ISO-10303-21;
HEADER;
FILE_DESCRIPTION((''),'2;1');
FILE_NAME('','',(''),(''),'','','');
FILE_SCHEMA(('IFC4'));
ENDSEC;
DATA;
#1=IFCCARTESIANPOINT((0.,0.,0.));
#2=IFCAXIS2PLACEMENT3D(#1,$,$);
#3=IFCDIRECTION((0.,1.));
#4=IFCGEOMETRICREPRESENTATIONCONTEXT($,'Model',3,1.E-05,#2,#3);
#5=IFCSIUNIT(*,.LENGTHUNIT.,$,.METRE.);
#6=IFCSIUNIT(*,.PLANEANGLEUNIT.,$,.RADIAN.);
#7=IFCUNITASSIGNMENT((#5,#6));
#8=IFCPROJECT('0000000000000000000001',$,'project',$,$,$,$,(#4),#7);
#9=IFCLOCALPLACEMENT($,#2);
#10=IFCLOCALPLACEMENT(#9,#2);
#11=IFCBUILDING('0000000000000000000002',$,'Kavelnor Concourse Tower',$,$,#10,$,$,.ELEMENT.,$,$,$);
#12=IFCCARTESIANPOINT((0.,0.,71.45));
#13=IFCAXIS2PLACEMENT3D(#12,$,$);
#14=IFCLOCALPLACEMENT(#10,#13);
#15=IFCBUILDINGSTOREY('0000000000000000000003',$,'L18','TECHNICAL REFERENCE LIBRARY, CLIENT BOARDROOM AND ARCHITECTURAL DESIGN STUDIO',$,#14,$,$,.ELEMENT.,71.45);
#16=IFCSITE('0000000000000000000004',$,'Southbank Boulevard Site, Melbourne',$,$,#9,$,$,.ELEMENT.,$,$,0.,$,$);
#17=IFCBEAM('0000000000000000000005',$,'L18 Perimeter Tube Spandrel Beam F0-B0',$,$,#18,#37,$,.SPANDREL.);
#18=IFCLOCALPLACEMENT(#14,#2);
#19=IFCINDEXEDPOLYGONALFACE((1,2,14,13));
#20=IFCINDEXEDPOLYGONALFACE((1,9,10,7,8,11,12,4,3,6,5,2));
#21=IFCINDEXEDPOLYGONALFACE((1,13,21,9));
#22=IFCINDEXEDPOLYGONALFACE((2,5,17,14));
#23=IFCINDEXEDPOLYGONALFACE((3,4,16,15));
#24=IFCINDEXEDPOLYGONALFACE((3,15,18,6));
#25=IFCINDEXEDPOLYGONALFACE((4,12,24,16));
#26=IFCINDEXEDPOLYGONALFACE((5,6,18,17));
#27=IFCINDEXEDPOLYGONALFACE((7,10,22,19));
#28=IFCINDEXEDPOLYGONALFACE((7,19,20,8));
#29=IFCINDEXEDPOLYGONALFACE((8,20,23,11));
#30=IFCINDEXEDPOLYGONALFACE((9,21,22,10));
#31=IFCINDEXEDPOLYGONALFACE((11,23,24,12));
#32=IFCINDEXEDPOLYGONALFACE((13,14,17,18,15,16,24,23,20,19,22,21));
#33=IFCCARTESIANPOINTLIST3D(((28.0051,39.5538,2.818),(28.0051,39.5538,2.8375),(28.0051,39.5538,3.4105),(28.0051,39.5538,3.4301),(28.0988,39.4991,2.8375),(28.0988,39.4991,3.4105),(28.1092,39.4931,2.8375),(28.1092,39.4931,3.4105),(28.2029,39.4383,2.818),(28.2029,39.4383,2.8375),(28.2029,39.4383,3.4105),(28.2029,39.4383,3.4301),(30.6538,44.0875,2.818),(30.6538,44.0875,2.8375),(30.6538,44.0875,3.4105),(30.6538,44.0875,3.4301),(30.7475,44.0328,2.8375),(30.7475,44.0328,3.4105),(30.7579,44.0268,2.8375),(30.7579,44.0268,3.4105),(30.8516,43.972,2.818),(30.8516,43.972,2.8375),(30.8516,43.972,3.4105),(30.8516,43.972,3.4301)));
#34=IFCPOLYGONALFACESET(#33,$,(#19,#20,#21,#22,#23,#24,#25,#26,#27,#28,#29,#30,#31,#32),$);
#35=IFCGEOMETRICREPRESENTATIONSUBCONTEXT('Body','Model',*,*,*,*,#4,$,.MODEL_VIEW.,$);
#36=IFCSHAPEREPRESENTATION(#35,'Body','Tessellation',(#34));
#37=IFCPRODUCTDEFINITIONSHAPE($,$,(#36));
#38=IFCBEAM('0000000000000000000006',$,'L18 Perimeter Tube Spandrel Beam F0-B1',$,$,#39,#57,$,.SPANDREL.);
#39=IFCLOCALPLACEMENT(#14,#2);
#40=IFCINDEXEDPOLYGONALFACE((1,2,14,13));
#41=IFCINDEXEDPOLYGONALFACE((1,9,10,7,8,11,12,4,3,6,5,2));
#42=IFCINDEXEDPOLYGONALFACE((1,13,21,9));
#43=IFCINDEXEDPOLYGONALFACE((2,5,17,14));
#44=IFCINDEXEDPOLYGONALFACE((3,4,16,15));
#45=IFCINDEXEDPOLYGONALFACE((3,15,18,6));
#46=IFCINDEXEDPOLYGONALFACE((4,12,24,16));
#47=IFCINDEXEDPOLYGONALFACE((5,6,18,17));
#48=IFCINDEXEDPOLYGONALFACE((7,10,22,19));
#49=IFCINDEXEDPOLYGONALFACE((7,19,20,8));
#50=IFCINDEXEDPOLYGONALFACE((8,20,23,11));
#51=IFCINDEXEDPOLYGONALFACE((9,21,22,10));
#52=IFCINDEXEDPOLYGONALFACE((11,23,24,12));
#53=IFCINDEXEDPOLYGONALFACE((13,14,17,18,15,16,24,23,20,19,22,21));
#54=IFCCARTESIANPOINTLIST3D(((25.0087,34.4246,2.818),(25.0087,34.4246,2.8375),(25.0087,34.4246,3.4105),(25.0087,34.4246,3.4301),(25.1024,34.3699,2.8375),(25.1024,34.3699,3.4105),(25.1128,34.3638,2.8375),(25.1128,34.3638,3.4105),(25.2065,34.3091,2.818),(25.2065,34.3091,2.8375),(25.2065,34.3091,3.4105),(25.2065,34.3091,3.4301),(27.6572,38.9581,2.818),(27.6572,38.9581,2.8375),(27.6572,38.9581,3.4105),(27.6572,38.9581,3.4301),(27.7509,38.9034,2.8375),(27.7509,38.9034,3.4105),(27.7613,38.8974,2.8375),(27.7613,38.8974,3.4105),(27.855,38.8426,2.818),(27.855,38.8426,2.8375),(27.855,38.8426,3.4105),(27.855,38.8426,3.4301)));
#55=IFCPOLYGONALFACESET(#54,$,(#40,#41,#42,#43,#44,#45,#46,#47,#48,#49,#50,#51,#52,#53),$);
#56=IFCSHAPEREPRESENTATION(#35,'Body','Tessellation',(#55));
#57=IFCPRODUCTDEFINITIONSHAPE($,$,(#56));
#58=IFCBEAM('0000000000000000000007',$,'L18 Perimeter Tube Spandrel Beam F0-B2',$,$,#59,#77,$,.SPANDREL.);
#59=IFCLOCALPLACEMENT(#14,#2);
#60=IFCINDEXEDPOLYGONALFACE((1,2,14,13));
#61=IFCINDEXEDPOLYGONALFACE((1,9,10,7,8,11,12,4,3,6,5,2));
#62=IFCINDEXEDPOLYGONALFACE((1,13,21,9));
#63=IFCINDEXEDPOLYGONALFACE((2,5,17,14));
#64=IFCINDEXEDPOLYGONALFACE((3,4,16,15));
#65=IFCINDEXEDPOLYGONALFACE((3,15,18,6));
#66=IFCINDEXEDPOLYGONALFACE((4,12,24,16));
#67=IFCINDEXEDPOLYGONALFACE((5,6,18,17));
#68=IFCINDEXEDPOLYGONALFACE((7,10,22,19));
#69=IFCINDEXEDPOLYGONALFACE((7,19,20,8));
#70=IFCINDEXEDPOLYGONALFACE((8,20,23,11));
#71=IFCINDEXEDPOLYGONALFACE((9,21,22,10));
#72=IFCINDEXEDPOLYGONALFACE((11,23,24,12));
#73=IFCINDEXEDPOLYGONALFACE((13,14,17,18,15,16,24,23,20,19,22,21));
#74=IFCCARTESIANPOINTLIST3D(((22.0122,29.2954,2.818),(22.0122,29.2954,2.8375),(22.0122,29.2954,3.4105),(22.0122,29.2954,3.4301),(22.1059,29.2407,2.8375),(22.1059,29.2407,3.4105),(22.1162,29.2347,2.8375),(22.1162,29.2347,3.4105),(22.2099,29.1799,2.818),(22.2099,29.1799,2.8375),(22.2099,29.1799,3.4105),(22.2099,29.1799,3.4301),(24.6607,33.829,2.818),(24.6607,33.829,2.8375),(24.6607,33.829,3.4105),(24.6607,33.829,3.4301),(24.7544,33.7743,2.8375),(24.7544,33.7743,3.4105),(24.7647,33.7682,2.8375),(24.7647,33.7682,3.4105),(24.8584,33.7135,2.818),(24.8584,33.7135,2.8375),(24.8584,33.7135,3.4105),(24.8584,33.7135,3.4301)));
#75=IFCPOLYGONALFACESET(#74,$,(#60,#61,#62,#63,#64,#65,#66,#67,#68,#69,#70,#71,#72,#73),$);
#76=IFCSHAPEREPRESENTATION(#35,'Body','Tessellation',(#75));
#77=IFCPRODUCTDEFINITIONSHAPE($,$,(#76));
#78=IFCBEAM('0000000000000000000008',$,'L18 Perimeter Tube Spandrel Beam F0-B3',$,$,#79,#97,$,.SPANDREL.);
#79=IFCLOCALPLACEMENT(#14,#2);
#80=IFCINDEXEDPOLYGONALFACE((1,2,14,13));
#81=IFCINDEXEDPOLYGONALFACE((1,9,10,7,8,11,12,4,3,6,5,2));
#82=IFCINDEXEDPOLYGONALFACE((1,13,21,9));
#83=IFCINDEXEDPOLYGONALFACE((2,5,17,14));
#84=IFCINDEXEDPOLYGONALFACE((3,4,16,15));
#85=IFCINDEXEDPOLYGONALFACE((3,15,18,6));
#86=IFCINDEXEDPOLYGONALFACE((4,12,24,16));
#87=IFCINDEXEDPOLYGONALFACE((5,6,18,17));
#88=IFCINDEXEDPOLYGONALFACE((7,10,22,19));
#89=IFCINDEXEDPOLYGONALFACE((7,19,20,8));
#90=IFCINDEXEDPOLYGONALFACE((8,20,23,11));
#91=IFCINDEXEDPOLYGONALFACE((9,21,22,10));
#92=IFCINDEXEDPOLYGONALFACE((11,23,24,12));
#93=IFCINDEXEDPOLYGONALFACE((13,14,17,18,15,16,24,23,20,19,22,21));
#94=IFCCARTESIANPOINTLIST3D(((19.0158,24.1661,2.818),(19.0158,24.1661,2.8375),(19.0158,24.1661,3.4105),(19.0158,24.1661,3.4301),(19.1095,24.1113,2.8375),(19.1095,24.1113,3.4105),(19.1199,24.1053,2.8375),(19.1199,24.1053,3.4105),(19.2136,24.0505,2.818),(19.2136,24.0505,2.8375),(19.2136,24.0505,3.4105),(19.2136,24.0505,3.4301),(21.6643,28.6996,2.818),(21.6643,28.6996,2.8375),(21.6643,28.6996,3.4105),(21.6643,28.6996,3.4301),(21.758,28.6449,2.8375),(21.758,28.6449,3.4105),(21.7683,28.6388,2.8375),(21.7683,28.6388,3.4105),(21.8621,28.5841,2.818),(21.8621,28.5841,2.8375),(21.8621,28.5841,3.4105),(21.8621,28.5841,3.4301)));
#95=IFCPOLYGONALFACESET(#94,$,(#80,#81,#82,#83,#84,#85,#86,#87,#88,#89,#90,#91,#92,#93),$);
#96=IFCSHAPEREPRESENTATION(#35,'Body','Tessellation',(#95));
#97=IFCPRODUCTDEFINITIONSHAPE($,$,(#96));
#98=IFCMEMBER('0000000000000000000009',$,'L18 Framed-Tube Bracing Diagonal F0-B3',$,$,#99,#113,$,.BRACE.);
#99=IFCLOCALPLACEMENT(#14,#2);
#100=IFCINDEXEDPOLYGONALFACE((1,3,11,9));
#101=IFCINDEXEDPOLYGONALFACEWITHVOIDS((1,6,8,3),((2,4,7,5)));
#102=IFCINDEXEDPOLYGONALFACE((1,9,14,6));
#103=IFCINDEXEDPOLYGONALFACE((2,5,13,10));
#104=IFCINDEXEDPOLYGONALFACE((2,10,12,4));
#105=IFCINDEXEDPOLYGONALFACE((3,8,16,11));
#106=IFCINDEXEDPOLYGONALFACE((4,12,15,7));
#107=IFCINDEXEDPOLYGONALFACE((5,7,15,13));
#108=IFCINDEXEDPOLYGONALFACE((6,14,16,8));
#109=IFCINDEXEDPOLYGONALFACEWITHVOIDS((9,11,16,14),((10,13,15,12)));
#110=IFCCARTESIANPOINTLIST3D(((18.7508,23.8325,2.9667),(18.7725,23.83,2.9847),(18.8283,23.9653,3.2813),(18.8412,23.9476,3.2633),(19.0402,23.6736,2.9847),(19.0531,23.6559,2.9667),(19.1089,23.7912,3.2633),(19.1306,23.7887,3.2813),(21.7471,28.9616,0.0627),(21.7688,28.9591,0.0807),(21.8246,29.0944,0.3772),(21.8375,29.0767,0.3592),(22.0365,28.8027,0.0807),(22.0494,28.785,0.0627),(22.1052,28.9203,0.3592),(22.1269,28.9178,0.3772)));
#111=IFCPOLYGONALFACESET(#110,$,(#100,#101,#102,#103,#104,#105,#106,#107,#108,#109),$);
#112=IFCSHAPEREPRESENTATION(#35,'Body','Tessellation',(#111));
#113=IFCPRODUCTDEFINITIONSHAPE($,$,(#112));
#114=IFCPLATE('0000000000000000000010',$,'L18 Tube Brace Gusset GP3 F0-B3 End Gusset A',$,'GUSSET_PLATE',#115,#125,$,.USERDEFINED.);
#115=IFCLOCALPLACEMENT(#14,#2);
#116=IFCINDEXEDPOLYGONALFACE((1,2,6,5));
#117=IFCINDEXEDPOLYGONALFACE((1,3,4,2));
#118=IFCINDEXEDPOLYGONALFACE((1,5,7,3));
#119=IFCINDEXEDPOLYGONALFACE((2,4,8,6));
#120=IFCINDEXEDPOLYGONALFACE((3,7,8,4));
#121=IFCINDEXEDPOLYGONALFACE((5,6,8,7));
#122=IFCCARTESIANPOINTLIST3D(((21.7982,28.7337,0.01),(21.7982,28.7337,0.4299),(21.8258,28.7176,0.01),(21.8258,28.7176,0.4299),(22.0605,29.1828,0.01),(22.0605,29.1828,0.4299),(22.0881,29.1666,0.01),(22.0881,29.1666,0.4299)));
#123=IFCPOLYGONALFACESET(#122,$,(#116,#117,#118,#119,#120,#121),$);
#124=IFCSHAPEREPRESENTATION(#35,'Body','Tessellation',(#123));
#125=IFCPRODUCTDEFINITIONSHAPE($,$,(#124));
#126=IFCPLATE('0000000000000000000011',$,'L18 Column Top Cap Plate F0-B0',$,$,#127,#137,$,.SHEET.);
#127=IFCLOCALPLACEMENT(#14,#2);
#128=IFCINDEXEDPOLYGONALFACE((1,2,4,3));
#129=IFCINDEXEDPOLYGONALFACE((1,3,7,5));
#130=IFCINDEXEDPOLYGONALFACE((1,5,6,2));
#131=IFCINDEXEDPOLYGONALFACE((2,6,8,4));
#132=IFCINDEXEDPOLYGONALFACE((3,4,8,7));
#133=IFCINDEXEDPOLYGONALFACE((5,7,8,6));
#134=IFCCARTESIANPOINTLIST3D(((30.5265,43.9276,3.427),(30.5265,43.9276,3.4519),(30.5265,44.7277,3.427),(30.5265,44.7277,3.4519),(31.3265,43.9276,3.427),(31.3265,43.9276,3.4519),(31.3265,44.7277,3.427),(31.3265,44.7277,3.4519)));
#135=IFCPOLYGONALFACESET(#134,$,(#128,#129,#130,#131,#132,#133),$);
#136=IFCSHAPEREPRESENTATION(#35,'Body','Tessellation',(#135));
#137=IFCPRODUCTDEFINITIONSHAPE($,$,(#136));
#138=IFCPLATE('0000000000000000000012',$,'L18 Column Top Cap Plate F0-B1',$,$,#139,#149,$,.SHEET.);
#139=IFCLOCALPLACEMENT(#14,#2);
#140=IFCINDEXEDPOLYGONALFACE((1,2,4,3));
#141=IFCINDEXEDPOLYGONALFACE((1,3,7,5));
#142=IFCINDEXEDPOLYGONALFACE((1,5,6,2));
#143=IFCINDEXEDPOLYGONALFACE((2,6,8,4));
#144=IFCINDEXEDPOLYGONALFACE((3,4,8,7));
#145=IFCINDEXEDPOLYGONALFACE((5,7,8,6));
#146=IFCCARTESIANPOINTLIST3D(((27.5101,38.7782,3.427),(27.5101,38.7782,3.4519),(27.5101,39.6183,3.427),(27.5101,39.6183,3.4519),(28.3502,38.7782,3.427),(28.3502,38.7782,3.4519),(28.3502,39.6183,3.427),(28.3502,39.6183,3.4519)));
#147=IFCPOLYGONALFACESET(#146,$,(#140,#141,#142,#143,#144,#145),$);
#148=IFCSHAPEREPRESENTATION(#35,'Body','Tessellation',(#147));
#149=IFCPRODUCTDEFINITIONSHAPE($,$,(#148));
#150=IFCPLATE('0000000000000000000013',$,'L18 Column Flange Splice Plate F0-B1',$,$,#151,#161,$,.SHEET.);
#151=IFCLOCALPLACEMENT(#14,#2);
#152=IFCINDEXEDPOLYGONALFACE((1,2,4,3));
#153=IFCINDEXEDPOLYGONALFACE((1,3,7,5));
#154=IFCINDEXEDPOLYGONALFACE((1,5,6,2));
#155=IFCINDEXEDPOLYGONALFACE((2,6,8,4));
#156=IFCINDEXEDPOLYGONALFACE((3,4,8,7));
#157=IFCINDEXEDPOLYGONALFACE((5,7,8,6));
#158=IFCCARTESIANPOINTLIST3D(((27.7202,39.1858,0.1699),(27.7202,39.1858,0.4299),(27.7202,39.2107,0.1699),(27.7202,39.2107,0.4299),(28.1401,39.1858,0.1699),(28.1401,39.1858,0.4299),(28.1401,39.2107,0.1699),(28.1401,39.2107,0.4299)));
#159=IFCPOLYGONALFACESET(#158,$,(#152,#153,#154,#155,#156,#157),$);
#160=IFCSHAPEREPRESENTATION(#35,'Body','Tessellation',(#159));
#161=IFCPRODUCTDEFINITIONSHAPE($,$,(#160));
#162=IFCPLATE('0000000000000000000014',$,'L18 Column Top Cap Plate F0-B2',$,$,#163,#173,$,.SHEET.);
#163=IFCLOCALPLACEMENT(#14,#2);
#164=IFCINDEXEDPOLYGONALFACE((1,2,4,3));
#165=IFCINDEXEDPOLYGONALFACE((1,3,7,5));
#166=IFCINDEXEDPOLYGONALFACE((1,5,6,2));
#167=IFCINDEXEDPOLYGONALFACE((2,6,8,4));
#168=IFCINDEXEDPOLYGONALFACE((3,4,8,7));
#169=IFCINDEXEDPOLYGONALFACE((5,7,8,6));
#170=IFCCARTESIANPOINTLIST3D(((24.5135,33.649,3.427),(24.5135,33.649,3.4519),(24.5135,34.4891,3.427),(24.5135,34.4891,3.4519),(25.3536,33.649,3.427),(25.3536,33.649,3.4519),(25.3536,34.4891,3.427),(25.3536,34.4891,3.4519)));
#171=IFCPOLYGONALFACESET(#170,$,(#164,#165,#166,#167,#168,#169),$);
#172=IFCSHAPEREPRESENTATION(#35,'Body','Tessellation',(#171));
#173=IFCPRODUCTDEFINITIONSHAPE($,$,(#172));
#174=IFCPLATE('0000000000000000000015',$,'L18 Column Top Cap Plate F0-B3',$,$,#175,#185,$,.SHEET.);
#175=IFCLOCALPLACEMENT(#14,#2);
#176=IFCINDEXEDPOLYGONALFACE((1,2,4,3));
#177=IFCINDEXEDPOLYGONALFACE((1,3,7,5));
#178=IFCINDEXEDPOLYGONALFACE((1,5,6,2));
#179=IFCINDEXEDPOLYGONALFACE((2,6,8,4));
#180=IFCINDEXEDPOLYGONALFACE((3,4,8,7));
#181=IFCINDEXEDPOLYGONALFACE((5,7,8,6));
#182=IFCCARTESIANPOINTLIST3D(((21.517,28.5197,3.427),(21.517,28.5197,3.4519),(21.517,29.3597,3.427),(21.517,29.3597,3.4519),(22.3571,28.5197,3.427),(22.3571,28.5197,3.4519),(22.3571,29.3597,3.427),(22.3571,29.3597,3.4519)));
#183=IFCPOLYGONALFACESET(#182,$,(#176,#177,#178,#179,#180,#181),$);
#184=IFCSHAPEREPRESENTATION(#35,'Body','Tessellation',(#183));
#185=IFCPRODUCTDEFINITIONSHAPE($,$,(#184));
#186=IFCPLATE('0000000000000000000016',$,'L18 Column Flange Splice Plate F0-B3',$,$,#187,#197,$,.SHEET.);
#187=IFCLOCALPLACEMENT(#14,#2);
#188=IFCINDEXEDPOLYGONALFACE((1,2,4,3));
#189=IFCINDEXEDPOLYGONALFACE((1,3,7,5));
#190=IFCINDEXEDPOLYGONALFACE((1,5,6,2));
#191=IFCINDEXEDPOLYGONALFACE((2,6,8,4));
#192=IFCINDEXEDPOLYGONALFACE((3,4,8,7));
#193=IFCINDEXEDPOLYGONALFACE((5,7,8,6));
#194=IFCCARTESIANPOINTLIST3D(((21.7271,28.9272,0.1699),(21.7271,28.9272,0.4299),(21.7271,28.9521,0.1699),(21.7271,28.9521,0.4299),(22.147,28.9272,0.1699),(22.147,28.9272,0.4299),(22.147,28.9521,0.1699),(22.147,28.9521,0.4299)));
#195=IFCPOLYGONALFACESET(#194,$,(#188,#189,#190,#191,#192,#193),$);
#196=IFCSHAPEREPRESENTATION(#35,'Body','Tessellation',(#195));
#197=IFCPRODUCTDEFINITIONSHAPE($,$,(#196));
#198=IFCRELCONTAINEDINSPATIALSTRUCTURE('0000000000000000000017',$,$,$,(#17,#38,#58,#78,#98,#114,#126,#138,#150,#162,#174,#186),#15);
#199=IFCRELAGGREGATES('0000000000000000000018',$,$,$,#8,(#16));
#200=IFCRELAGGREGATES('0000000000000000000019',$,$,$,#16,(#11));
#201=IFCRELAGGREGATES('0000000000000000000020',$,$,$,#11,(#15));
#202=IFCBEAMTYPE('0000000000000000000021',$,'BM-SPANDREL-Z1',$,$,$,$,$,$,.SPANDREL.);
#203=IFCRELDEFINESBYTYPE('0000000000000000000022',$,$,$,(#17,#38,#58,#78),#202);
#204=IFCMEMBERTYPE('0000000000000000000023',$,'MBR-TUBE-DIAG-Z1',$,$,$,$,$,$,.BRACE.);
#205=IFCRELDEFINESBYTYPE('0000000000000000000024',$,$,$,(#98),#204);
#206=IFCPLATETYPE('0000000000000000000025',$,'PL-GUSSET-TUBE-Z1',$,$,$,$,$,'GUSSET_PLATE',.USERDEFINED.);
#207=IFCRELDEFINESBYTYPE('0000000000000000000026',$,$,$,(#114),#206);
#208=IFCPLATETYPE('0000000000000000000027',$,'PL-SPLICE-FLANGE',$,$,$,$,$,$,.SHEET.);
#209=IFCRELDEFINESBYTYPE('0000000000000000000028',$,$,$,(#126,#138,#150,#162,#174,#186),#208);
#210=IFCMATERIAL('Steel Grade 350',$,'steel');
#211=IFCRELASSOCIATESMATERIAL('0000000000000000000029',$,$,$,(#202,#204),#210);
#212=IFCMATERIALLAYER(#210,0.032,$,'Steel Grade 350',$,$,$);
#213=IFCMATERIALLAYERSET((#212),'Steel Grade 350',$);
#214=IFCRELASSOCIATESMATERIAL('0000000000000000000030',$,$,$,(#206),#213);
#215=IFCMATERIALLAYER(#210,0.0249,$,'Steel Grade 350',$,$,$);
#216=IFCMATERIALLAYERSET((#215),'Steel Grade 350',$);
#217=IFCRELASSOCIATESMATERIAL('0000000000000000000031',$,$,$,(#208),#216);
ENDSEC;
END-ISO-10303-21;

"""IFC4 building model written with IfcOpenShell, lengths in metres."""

from ifc_helpers import new_model, si_unit, direction, frame, origin, origin_2d, place, context, subcontext, project, spatial, rectangle, hollow_rectangle, i_section, extrude, material, layer, layer_set, material_profile, profile_set, type_object, element, save


model = new_model("IFC4")

# Units and contexts
model_context = context("Model", 3, precision=1e-05, world=origin(), true_north=direction((0.0, 1.0)))
body_context = subcontext(model_context, "Body", "Model", "MODEL_VIEW")
ifc_project = project(units=[si_unit("LENGTHUNIT", "METRE"), si_unit("PLANEANGLEUNIT", "RADIAN")], contexts=[model_context])

# Site, building, storey
site_placement = place(None, origin())
site = spatial("IfcSite", under=ifc_project, at=site_placement, Name="Southbank Boulevard Site, Melbourne", CompositionType="ELEMENT", RefElevation=0.0)
building_placement = place(site_placement, origin())
building = spatial("IfcBuilding", under=site, at=building_placement, Name="Kavelnor Concourse Tower", CompositionType="ELEMENT")
storey_placement = place(building_placement, frame((0.0, 0.0, 71.45)))
storey = spatial("IfcBuildingStorey", under=building, at=storey_placement, Name="L18", Description="TECHNICAL REFERENCE LIBRARY, CLIENT BOARDROOM AND ARCHITECTURAL DESIGN STUDIO", CompositionType="ELEMENT", Elevation=71.45)

# Shared definitions
ifc_material_1 = material(Name="Steel Grade 350", Category="steel")

# Beams
ifc_material_profile_1 = material_profile(ifc_material_1, i_section(OverallWidth=0.229, OverallDepth=0.6121, WebThickness=0.012, FlangeThickness=0.0195, at=origin_2d()), Name="610UB125")
ifc_profile_set_1 = profile_set([ifc_material_profile_1], Name="Steel Grade 350")
beam_type_1 = type_object("IfcBeamType", Name="BM-SPANDREL-Z1", PredefinedType="SPANDREL", material=ifc_profile_set_1)
beam_1_placement = place(storey_placement, frame((30.7527, 44.0298, 3.124), z_axis=(-0.504443, -0.863445, 0.0), x_axis=(0.863445, -0.504443, 0.0)))
element("IfcBeam", 1, at=beam_1_placement, inside=storey, type_object=beam_type_1, Name="L18 Perimeter Tube Spandrel Beam F0-B0", PredefinedType="SPANDREL", context=body_context, shape_type="SweptSolid", body=[
    extrude(i_section(OverallWidth=0.229, OverallDepth=0.6121, WebThickness=0.012, FlangeThickness=0.0195, at=origin_2d()), origin(), (0.0, 0.0, 1.0), 5.2507),
])
for number, where, z_axis, x_axis, name in (
    (2, (27.7561, 38.9004, 3.124), (-0.504429, -0.863453, 0.0), (0.863453, -0.504429, 0.0), "L18 Perimeter Tube Spandrel Beam F0-B1"),
    (3, (24.7595, 33.7712, 3.124), (-0.504429, -0.863453, 0.0), (0.863453, -0.504429, 0.0), "L18 Perimeter Tube Spandrel Beam F0-B2"),
    (4, (21.7632, 28.6418, 3.124), (-0.504429, -0.863453, 0.0), (0.863453, -0.504429, 0.0), "L18 Perimeter Tube Spandrel Beam F0-B3"),
):
    element("IfcBeam", number, at=place(storey_placement, frame(where, z_axis=z_axis, x_axis=x_axis)), inside=storey, type_object=beam_type_1, Name=name, PredefinedType="SPANDREL", context=body_context, shape_type="SweptSolid", body=[
        extrude(i_section(OverallWidth=0.229, OverallDepth=0.6121, WebThickness=0.012, FlangeThickness=0.0195, at=origin_2d()), origin(), (0.0, 0.0, 1.0), 5.2505),
    ])

# Member
ifc_material_profile_2 = material_profile(ifc_material_1, hollow_rectangle(XDim=0.3501, YDim=0.3501, WallThickness=0.02, at=origin_2d()), Name="SHS 350x350x20")
ifc_profile_set_2 = profile_set([ifc_material_profile_2], Name="Steel Grade 350")
member_type = type_object("IfcMemberType", Name="MBR-TUBE-DIAG-Z1", PredefinedType="BRACE", material=ifc_profile_set_2)
member_placement = place(storey_placement, frame((21.937, 28.9397, 0.22), z_axis=(-0.45316, -0.775723, 0.439203), x_axis=(0.863461, -0.504415, 0.0)))
element("IfcMember", 5, at=member_placement, inside=storey, type_object=member_type, Name="L18 Framed-Tube Bracing Diagonal F0-B3", PredefinedType="BRACE", context=body_context, shape_type="SweptSolid", body=[
    extrude(hollow_rectangle(XDim=0.3501, YDim=0.3501, WallThickness=0.02, at=origin_2d()), origin(), (0.0, 0.0, 1.0), 6.6121),
])

# Plates
ifc_layer_1 = layer(ifc_material_1, 0.032, Name="Steel Grade 350")
ifc_layer_set_1 = layer_set([ifc_layer_1], Name="Steel Grade 350")
plate_type_1 = type_object("IfcPlateType", Name="PL-GUSSET-TUBE-Z1", ElementType="GUSSET_PLATE", PredefinedType="USERDEFINED", material=ifc_layer_set_1)
plate_1_placement = place(storey_placement, frame((21.9431, 28.9502, 0.01), z_axis=(0.0, 0.0, 1.0), x_axis=(-0.504377, -0.863484, 0.0)))
element("IfcPlate", 6, at=plate_1_placement, inside=storey, type_object=plate_type_1, Name="L18 Tube Brace Gusset GP3 F0-B3 End Gusset A", ObjectType="GUSSET_PLATE", PredefinedType="USERDEFINED", context=body_context, shape_type="SweptSolid", body=[
    extrude(rectangle(XDim=0.52, YDim=0.032, at=origin_2d()), origin(), (0.0, 0.0, 1.0), 0.4199),
])
ifc_layer_2 = layer(ifc_material_1, 0.0249, Name="Steel Grade 350")
ifc_layer_set_2 = layer_set([ifc_layer_2], Name="Steel Grade 350")
plate_type_2 = type_object("IfcPlateType", Name="PL-SPLICE-FLANGE", PredefinedType="SHEET", material=ifc_layer_set_2)
plate_2_placement = place(storey_placement, frame((30.9265, 44.3276, 3.427), z_axis=(0.0, 0.0, 1.0), x_axis=(1.0, 0.0, 0.0)))
element("IfcPlate", 7, at=plate_2_placement, inside=storey, type_object=plate_type_2, Name="L18 Column Top Cap Plate F0-B0", PredefinedType="SHEET", context=body_context, shape_type="SweptSolid", body=[
    extrude(rectangle(XDim=0.8, YDim=0.8, at=origin_2d()), origin(), (0.0, 0.0, 1.0), 0.0249),
])
plate_3_placement = place(storey_placement, frame((27.9302, 39.1982, 3.427), z_axis=(0.0, 0.0, 1.0), x_axis=(1.0, 0.0, 0.0)))
element("IfcPlate", 8, at=plate_3_placement, inside=storey, type_object=plate_type_2, Name="L18 Column Top Cap Plate F0-B1", PredefinedType="SHEET", context=body_context, shape_type="SweptSolid", body=[
    extrude(rectangle(XDim=0.8401, YDim=0.8401, at=origin_2d()), origin(), (0.0, 0.0, 1.0), 0.0249),
])
plate_4_placement = place(storey_placement, frame((27.9302, 39.1982, 0.1699), z_axis=(0.0, 0.0, 1.0), x_axis=(1.0, 0.0, 0.0)))
element("IfcPlate", 9, at=plate_4_placement, inside=storey, type_object=plate_type_2, Name="L18 Column Flange Splice Plate F0-B1", PredefinedType="SHEET", context=body_context, shape_type="SweptSolid", body=[
    extrude(rectangle(XDim=0.4199, YDim=0.0249, at=origin_2d()), origin(), (0.0, 0.0, 1.0), 0.26),
])
for number, where, z_axis, x_axis, name in (
    (10, (24.9336, 34.0691, 3.427), (0.0, 0.0, 1.0), (1.0, 0.0, 0.0), "L18 Column Top Cap Plate F0-B2"),
    (11, (21.937, 28.9397, 3.427), (0.0, 0.0, 1.0), (1.0, 0.0, 0.0), "L18 Column Top Cap Plate F0-B3"),
):
    element("IfcPlate", number, at=place(storey_placement, frame(where, z_axis=z_axis, x_axis=x_axis)), inside=storey, type_object=plate_type_2, Name=name, PredefinedType="SHEET", context=body_context, shape_type="SweptSolid", body=[
        extrude(rectangle(XDim=0.8401, YDim=0.8401, at=origin_2d()), origin(), (0.0, 0.0, 1.0), 0.0249),
    ])
plate_5_placement = place(storey_placement, frame((21.937, 28.9397, 0.1699), z_axis=(0.0, 0.0, 1.0), x_axis=(1.0, 0.0, 0.0)))
element("IfcPlate", 12, at=plate_5_placement, inside=storey, type_object=plate_type_2, Name="L18 Column Flange Splice Plate F0-B3", PredefinedType="SHEET", context=body_context, shape_type="SweptSolid", body=[
    extrude(rectangle(XDim=0.4199, YDim=0.0249, at=origin_2d()), origin(), (0.0, 0.0, 1.0), 0.26),
])

save(model, "model.ifc")
